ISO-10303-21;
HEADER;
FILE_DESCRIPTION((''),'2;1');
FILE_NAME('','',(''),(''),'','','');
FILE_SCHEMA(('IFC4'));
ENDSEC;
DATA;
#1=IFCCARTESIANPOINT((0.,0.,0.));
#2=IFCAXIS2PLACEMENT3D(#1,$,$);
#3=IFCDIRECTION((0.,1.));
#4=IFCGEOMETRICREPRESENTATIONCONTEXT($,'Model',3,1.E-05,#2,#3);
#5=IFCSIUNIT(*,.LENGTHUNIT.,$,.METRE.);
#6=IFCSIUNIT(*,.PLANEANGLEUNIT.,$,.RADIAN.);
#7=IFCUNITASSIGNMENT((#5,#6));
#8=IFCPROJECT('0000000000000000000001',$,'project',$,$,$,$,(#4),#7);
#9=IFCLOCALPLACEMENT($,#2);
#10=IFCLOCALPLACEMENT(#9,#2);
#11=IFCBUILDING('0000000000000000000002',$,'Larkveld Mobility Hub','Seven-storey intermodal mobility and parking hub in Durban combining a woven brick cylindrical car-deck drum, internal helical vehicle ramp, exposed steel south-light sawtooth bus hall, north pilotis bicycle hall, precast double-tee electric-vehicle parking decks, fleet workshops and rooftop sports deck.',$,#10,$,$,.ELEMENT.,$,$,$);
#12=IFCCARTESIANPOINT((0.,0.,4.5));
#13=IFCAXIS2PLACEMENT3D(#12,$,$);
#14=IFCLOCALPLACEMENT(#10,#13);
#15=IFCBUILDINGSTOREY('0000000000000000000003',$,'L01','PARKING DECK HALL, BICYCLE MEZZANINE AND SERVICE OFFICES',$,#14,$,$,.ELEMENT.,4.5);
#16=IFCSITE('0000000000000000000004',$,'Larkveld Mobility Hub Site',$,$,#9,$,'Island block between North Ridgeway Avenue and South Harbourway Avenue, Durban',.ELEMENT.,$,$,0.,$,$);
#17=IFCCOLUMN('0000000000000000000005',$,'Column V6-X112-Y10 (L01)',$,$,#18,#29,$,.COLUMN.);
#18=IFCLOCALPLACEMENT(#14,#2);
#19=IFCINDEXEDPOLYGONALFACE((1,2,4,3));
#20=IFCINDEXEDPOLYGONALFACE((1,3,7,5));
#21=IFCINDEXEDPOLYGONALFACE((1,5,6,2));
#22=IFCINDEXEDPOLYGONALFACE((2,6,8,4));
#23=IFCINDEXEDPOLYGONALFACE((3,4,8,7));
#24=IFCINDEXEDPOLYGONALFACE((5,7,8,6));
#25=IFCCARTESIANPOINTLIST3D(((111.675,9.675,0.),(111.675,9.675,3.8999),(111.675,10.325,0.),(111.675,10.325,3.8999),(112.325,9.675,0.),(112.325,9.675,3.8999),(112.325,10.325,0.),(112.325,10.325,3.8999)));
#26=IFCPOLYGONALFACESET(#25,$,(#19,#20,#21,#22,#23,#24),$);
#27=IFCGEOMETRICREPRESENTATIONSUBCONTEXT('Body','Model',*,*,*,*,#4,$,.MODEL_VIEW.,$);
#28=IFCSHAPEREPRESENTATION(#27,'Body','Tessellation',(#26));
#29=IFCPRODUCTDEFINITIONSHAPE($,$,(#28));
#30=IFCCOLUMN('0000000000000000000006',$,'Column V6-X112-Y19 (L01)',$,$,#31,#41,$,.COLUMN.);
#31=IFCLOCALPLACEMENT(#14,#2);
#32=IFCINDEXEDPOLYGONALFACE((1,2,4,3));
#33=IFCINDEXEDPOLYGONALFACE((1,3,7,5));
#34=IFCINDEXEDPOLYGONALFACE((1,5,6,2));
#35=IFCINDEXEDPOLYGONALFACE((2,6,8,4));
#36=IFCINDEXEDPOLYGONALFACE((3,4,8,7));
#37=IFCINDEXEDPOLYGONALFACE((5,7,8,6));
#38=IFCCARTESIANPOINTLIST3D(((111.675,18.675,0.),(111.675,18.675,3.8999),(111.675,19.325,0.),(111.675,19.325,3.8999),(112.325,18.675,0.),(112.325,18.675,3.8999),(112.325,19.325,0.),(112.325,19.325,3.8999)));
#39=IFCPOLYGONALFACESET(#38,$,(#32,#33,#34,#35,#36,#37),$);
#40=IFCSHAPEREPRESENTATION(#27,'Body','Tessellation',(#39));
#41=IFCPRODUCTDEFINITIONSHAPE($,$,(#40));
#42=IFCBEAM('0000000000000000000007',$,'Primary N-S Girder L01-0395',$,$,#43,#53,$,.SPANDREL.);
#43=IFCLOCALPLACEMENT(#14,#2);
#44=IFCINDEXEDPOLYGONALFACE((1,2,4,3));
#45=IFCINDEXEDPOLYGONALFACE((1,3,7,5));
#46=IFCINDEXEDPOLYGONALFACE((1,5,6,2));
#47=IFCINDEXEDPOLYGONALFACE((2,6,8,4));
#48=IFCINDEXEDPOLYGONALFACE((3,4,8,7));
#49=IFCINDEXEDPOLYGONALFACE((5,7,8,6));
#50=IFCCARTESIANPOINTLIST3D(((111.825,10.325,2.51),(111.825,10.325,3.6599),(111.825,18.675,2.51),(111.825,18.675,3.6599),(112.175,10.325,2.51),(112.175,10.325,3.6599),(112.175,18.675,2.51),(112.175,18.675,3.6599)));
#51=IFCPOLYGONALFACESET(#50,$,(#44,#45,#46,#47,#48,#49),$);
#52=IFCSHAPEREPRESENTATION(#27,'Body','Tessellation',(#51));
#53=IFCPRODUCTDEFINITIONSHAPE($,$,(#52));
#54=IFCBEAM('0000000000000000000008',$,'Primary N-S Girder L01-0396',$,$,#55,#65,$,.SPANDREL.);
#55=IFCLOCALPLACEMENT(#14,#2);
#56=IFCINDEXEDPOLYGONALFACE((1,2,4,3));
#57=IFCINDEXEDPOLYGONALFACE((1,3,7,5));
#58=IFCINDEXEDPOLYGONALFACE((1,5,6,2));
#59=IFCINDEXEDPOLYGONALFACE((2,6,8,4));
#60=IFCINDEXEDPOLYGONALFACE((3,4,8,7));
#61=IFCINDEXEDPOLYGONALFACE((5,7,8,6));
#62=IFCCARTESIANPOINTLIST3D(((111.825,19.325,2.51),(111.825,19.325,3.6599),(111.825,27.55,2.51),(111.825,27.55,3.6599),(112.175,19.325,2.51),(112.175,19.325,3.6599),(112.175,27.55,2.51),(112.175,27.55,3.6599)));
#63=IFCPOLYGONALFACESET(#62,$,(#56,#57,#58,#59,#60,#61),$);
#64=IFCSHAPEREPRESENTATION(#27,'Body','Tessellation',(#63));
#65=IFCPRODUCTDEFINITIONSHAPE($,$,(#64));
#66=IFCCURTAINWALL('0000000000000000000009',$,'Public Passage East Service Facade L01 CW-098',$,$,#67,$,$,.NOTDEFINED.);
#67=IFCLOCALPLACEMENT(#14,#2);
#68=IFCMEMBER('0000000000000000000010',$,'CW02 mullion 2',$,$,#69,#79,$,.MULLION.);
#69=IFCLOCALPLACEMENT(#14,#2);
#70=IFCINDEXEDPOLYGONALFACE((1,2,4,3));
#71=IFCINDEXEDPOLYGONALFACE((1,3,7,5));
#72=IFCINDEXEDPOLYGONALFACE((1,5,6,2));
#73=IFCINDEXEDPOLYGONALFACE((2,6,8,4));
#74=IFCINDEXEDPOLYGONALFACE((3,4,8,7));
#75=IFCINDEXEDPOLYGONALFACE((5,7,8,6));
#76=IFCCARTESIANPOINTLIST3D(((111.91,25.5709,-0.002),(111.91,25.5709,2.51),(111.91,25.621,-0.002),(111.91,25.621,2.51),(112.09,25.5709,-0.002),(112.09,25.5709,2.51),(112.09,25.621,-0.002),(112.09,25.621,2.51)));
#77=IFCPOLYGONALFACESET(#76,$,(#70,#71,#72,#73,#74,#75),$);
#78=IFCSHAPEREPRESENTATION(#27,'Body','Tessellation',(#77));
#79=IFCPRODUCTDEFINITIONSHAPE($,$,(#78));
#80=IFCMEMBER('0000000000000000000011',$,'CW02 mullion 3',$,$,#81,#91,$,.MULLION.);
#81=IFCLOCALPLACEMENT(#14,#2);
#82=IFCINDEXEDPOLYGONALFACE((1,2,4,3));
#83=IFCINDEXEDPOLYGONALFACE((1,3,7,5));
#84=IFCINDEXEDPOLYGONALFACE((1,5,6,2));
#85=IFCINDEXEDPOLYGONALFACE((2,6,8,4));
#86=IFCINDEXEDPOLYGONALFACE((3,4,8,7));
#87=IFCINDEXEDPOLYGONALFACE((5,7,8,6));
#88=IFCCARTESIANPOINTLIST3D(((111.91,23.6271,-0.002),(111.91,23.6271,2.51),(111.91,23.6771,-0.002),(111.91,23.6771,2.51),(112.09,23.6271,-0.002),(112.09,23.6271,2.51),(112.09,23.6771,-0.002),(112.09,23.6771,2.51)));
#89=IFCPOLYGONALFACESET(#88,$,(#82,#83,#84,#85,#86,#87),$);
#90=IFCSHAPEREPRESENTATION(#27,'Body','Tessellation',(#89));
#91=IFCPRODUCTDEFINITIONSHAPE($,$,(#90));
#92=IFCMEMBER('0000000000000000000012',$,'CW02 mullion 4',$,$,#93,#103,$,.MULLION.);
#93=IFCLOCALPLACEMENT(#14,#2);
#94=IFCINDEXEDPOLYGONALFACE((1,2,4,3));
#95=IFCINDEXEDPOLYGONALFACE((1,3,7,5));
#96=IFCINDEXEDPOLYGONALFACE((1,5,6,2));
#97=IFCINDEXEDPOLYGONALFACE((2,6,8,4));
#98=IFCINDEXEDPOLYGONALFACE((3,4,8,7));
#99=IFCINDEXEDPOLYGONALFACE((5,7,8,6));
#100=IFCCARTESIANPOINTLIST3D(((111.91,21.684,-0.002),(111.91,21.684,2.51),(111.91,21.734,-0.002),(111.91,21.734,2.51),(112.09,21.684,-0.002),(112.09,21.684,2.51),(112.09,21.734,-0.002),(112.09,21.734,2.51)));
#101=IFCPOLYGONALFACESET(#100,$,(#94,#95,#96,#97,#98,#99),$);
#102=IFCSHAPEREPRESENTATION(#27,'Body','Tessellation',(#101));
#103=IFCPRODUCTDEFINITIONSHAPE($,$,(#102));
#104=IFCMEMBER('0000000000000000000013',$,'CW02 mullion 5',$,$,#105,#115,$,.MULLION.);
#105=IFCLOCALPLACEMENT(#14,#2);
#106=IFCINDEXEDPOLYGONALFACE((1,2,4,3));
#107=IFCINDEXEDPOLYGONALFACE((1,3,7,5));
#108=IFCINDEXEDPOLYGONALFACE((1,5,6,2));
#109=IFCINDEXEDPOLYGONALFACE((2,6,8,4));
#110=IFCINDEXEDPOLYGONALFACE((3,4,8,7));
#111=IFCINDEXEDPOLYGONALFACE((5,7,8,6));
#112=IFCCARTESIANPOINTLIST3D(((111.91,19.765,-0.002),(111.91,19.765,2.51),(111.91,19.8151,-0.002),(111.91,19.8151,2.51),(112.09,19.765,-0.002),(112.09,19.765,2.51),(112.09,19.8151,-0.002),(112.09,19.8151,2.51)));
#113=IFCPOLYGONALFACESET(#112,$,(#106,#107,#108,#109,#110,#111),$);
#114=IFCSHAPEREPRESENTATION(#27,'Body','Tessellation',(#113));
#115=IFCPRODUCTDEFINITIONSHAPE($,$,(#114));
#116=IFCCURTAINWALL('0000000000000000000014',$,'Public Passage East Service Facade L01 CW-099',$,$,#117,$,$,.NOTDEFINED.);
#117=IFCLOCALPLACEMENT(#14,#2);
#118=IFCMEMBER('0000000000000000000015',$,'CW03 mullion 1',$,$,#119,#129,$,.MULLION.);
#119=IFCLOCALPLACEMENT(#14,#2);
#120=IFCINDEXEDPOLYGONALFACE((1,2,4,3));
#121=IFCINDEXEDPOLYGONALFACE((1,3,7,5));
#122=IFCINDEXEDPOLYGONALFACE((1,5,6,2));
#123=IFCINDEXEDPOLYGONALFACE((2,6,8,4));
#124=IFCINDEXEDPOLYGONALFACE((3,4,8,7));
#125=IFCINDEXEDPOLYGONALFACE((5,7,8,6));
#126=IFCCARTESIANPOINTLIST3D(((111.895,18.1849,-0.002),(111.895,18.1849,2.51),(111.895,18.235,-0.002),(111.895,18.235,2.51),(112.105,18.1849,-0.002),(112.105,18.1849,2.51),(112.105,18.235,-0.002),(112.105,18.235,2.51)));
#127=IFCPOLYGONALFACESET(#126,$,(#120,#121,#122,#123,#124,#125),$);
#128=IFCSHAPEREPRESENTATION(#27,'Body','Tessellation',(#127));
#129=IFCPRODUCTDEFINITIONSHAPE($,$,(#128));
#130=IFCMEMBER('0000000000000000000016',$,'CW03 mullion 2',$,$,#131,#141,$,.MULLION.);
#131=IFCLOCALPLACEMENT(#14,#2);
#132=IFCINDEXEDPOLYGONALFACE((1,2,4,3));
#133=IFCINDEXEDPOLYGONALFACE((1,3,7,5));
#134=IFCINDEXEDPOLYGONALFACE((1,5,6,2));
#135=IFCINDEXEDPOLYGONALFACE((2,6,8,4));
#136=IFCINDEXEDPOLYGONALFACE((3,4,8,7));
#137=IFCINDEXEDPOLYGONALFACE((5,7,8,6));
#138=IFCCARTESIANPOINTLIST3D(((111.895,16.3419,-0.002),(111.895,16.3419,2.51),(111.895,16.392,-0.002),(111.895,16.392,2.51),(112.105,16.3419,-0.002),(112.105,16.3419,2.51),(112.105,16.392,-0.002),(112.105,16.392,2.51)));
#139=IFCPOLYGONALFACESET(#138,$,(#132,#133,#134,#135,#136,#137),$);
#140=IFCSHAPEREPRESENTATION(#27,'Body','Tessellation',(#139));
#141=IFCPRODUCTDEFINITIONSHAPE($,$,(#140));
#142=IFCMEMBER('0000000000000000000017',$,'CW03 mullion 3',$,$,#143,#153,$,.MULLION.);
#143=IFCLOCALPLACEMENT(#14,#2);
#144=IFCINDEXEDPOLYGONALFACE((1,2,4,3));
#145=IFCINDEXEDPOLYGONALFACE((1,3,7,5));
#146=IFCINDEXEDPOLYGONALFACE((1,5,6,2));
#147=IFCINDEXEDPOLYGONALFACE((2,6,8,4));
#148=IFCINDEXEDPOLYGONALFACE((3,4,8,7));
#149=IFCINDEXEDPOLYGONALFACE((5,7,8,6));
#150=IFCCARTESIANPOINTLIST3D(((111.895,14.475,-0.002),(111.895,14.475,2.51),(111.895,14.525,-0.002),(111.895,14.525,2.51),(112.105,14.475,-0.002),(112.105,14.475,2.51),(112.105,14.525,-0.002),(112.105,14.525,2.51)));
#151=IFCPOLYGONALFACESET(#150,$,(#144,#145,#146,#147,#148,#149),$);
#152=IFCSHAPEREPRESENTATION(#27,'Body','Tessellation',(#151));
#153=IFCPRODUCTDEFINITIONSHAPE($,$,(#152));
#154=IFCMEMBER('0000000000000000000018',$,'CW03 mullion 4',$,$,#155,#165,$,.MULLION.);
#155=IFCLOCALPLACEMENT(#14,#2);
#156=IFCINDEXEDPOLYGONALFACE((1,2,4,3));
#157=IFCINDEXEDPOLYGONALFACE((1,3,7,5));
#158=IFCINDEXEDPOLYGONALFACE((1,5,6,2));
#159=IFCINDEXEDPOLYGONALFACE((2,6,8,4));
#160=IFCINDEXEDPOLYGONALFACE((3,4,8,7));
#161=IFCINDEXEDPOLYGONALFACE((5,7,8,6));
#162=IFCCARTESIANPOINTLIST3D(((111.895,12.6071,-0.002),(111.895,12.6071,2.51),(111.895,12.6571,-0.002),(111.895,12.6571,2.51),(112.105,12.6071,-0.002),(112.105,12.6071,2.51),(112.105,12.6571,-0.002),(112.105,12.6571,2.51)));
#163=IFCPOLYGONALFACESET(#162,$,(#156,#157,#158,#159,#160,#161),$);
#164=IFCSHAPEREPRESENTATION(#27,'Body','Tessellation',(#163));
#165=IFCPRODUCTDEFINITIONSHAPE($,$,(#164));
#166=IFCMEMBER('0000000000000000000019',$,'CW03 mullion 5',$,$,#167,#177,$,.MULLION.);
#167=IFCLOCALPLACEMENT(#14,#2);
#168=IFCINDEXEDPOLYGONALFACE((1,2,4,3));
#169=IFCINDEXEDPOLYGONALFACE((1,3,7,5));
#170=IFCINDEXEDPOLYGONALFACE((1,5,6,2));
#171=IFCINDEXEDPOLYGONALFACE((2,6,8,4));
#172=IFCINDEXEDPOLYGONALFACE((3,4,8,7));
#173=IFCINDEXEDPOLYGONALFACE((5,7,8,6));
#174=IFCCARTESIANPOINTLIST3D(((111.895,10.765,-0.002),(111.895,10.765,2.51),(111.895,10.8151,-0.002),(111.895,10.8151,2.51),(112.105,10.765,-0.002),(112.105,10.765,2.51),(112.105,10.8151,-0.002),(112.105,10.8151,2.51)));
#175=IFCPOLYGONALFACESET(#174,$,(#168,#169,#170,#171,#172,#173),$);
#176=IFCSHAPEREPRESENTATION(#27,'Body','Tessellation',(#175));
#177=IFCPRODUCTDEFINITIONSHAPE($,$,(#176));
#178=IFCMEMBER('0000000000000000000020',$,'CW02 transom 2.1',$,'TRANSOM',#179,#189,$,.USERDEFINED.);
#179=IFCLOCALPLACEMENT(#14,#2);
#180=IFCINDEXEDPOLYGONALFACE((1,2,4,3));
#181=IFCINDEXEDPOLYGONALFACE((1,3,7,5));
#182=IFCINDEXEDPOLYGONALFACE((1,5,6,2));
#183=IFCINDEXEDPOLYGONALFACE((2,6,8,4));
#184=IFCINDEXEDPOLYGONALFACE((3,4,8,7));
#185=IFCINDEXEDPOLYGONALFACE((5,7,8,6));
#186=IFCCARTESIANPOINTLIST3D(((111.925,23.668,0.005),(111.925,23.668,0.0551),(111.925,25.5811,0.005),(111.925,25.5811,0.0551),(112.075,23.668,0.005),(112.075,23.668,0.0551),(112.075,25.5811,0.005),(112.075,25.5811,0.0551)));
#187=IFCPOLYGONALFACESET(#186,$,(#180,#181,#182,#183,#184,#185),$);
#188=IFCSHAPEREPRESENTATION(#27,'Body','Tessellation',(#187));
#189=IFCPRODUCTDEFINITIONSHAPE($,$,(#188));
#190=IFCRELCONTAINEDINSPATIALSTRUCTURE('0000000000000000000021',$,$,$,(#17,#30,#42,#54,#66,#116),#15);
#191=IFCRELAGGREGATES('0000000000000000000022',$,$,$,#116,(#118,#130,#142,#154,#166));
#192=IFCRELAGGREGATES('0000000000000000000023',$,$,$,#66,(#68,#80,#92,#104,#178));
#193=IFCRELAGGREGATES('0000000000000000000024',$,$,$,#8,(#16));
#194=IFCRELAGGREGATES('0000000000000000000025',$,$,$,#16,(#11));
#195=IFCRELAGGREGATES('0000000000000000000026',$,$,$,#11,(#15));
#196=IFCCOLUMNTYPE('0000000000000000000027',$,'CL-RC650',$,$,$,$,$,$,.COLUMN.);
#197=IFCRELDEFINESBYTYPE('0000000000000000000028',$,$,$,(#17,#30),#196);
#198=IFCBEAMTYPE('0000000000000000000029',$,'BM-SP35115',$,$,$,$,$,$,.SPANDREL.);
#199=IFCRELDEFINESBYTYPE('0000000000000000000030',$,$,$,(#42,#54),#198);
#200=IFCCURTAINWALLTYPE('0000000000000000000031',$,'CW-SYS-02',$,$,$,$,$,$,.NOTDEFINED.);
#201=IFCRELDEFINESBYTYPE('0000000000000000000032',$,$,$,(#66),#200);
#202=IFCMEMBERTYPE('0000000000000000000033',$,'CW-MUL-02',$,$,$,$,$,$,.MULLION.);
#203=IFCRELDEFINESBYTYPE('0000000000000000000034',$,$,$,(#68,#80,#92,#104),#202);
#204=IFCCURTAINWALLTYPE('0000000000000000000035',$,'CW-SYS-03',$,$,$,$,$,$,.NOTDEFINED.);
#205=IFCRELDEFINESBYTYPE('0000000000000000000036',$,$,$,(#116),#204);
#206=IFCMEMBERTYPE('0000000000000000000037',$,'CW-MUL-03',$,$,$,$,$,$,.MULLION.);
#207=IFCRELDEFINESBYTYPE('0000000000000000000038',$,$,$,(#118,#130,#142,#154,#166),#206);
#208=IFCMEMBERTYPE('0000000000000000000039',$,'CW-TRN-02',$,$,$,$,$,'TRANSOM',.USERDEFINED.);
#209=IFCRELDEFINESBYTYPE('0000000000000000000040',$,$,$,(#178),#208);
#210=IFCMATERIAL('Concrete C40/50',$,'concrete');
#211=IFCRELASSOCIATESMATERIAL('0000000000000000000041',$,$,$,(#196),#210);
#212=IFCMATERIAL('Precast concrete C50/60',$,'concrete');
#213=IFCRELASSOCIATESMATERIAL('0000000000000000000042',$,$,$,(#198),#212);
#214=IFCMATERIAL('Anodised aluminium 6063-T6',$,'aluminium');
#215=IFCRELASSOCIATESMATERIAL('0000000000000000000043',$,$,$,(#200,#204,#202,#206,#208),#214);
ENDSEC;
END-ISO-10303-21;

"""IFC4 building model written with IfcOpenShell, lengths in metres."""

from ifc_helpers import new_model, si_unit, direction, frame, origin, origin_2d, place, context, subcontext, project, spatial, rectangle, extrude, material, material_profile, profile_set, type_object, element, aggregate, save


model = new_model("IFC4")

# Units and contexts
model_context = context("Model", 3, precision=1e-05, world=origin(), true_north=direction((0.0, 1.0)))
body_context = subcontext(model_context, "Body", "Model", "MODEL_VIEW")
ifc_project = project(units=[si_unit("LENGTHUNIT", "METRE"), si_unit("PLANEANGLEUNIT", "RADIAN")], contexts=[model_context])

# Site, building, storey
site_placement = place(None, origin())
site = spatial("IfcSite", under=ifc_project, at=site_placement, Name="Larkveld Mobility Hub Site", LongName="Island block between North Ridgeway Avenue and South Harbourway Avenue, Durban", CompositionType="ELEMENT", RefElevation=0.0)
building_placement = place(site_placement, origin())
building = spatial("IfcBuilding", under=site, at=building_placement, Name="Larkveld Mobility Hub", Description="Seven-storey intermodal mobility and parking hub in Durban combining a woven brick cylindrical car-deck drum, internal helical vehicle ramp, exposed steel south-light sawtooth bus hall, north pilotis bicycle hall, precast double-tee electric-vehicle parking decks, fleet workshops and rooftop sports deck.", CompositionType="ELEMENT")
storey_placement = place(building_placement, frame((0.0, 0.0, 4.5)))
storey = spatial("IfcBuildingStorey", under=building, at=storey_placement, Name="L01", Description="PARKING DECK HALL, BICYCLE MEZZANINE AND SERVICE OFFICES", CompositionType="ELEMENT", Elevation=4.5)

# Columns
ifc_material_1 = material(Name="Concrete C40/50", Category="concrete")
ifc_material_profile_1 = material_profile(ifc_material_1, rectangle(XDim=0.6499, YDim=0.6499, at=origin_2d()), Name="RC COL 650x650")
ifc_profile_set_1 = profile_set([ifc_material_profile_1], Name="Concrete C40/50")
column_type = type_object("IfcColumnType", Name="CL-RC650", PredefinedType="COLUMN", material=ifc_profile_set_1)
for number, where, z_axis, x_axis, name in (
    (1, (112.0, 10.0, 0.0), (0.0, 0.0, 1.0), (1.0, 0.0, 0.0), "Column V6-X112-Y10 (L01)"),
    (2, (112.0, 19.0, 0.0), (0.0, 0.0, 1.0), (1.0, 0.0, 0.0), "Column V6-X112-Y19 (L01)"),
):
    element("IfcColumn", number, at=place(storey_placement, frame(where, z_axis=z_axis, x_axis=x_axis)), inside=storey, type_object=column_type, Name=name, PredefinedType="COLUMN", context=body_context, shape_type="SweptSolid", body=[
        extrude(rectangle(XDim=0.6499, YDim=0.6499, at=origin_2d()), origin(), (0.0, 0.0, 1.0), 3.8999),
    ])

# Beams
ifc_material_2 = material(Name="Precast concrete C50/60", Category="concrete")
ifc_material_profile_2 = material_profile(ifc_material_2, rectangle(XDim=0.3501, YDim=1.1499, at=origin_2d()), Name="PC SP 350x1150")
ifc_profile_set_2 = profile_set([ifc_material_profile_2], Name="Precast concrete C50/60")
beam_type = type_object("IfcBeamType", Name="BM-SP35115", PredefinedType="SPANDREL", material=ifc_profile_set_2)
beam_1_placement = place(storey_placement, frame((112.0, 10.325, 3.085), z_axis=(0.0, 1.0, 0.0), x_axis=(-1.0, 0.0, 0.0)))
element("IfcBeam", 3, at=beam_1_placement, inside=storey, type_object=beam_type, Name="Primary N-S Girder L01-0395", PredefinedType="SPANDREL", context=body_context, shape_type="SweptSolid", body=[
    extrude(rectangle(XDim=0.3501, YDim=1.1499, at=origin_2d()), origin(), (0.0, 0.0, 1.0), 8.3501),
])
beam_2_placement = place(storey_placement, frame((112.0, 19.325, 3.085), z_axis=(0.0, 1.0, 0.0), x_axis=(-1.0, 0.0, 0.0)))
element("IfcBeam", 4, at=beam_2_placement, inside=storey, type_object=beam_type, Name="Primary N-S Girder L01-0396", PredefinedType="SPANDREL", context=body_context, shape_type="SweptSolid", body=[
    extrude(rectangle(XDim=0.3501, YDim=1.1499, at=origin_2d()), origin(), (0.0, 0.0, 1.0), 8.2251),
])

# Curtain walls, members
ifc_material_3 = material(Name="Anodised aluminium 6063-T6", Category="aluminium")
curtain_wall_type_1 = type_object("IfcCurtainWallType", Name="CW-SYS-02", PredefinedType="NOTDEFINED", material=ifc_material_3)
curtain_wall_1_placement = place(storey_placement, origin())
curtain_wall_1 = element("IfcCurtainWall", 5, at=curtain_wall_1_placement, inside=storey, type_object=curtain_wall_type_1, Name="Public Passage East Service Facade L01 CW-098", PredefinedType="NOTDEFINED")
ifc_material_profile_3 = material_profile(ifc_material_3, rectangle(XDim=0.05, YDim=0.1799, at=origin_2d()), Name="ALU MULL 50x180")
ifc_profile_set_3 = profile_set([ifc_material_profile_3], Name="Anodised aluminium 6063-T6")
member_type_1 = type_object("IfcMemberType", Name="CW-MUL-02", PredefinedType="MULLION", material=ifc_profile_set_3)
member_1_placement = place(storey_placement, frame((112.0, 25.5959, -0.002), z_axis=(0.0, 0.0, 1.0), x_axis=(0.0, -1.0, 0.0)))
member_1 = element("IfcMember", 6, at=member_1_placement, type_object=member_type_1, Name="CW02 mullion 2", PredefinedType="MULLION", context=body_context, shape_type="SweptSolid", body=[
    extrude(rectangle(XDim=0.05, YDim=0.1799, at=origin_2d()), origin(), (0.0, 0.0, 1.0), 2.512),
])
member_2_placement = place(storey_placement, frame((112.0, 23.6521, -0.002), z_axis=(0.0, 0.0, 1.0), x_axis=(0.0, -1.0, 0.0)))
member_2 = element("IfcMember", 7, at=member_2_placement, type_object=member_type_1, Name="CW02 mullion 3", PredefinedType="MULLION", context=body_context, shape_type="SweptSolid", body=[
    extrude(rectangle(XDim=0.05, YDim=0.1799, at=origin_2d()), origin(), (0.0, 0.0, 1.0), 2.512),
])
member_3_placement = place(storey_placement, frame((112.0, 21.709, -0.002), z_axis=(0.0, 0.0, 1.0), x_axis=(0.0, -1.0, 0.0)))
member_3 = element("IfcMember", 8, at=member_3_placement, type_object=member_type_1, Name="CW02 mullion 4", PredefinedType="MULLION", context=body_context, shape_type="SweptSolid", body=[
    extrude(rectangle(XDim=0.05, YDim=0.1799, at=origin_2d()), origin(), (0.0, 0.0, 1.0), 2.512),
])
member_4_placement = place(storey_placement, frame((112.0, 19.79, -0.002), z_axis=(0.0, 0.0, 1.0), x_axis=(0.0, -1.0, 0.0)))
member_4 = element("IfcMember", 9, at=member_4_placement, type_object=member_type_1, Name="CW02 mullion 5", PredefinedType="MULLION", context=body_context, shape_type="SweptSolid", body=[
    extrude(rectangle(XDim=0.05, YDim=0.1799, at=origin_2d()), origin(), (0.0, 0.0, 1.0), 2.512),
])
curtain_wall_type_2 = type_object("IfcCurtainWallType", Name="CW-SYS-03", PredefinedType="NOTDEFINED", material=ifc_material_3)
curtain_wall_2_placement = place(storey_placement, origin())
curtain_wall_2 = element("IfcCurtainWall", 10, at=curtain_wall_2_placement, inside=storey, type_object=curtain_wall_type_2, Name="Public Passage East Service Facade L01 CW-099", PredefinedType="NOTDEFINED")
ifc_material_profile_4 = material_profile(ifc_material_3, rectangle(XDim=0.05, YDim=0.21, at=origin_2d()), Name="ALU MULL 50x210")
ifc_profile_set_4 = profile_set([ifc_material_profile_4], Name="Anodised aluminium 6063-T6")
member_type_2 = type_object("IfcMemberType", Name="CW-MUL-03", PredefinedType="MULLION", material=ifc_profile_set_4)
member_5_placement = place(storey_placement, frame((112.0, 18.21, -0.002), z_axis=(0.0, 0.0, 1.0), x_axis=(0.0, -1.0, 0.0)))
member_5 = element("IfcMember", 11, at=member_5_placement, type_object=member_type_2, Name="CW03 mullion 1", PredefinedType="MULLION", context=body_context, shape_type="SweptSolid", body=[
    extrude(rectangle(XDim=0.05, YDim=0.21, at=origin_2d()), origin(), (0.0, 0.0, 1.0), 2.512),
])
member_6_placement = place(storey_placement, frame((112.0, 16.3669, -0.002), z_axis=(0.0, 0.0, 1.0), x_axis=(0.0, -1.0, 0.0)))
member_6 = element("IfcMember", 12, at=member_6_placement, type_object=member_type_2, Name="CW03 mullion 2", PredefinedType="MULLION", context=body_context, shape_type="SweptSolid", body=[
    extrude(rectangle(XDim=0.05, YDim=0.21, at=origin_2d()), origin(), (0.0, 0.0, 1.0), 2.512),
])
member_7_placement = place(storey_placement, frame((112.0, 14.5, -0.002), z_axis=(0.0, 0.0, 1.0), x_axis=(0.0, -1.0, 0.0)))
member_7 = element("IfcMember", 13, at=member_7_placement, type_object=member_type_2, Name="CW03 mullion 3", PredefinedType="MULLION", context=body_context, shape_type="SweptSolid", body=[
    extrude(rectangle(XDim=0.05, YDim=0.21, at=origin_2d()), origin(), (0.0, 0.0, 1.0), 2.512),
])
member_8_placement = place(storey_placement, frame((112.0, 12.6321, -0.002), z_axis=(0.0, 0.0, 1.0), x_axis=(0.0, -1.0, 0.0)))
member_8 = element("IfcMember", 14, at=member_8_placement, type_object=member_type_2, Name="CW03 mullion 4", PredefinedType="MULLION", context=body_context, shape_type="SweptSolid", body=[
    extrude(rectangle(XDim=0.05, YDim=0.21, at=origin_2d()), origin(), (0.0, 0.0, 1.0), 2.512),
])
member_9_placement = place(storey_placement, frame((112.0, 10.79, -0.002), z_axis=(0.0, 0.0, 1.0), x_axis=(0.0, -1.0, 0.0)))
member_9 = element("IfcMember", 15, at=member_9_placement, type_object=member_type_2, Name="CW03 mullion 5", PredefinedType="MULLION", context=body_context, shape_type="SweptSolid", body=[
    extrude(rectangle(XDim=0.05, YDim=0.21, at=origin_2d()), origin(), (0.0, 0.0, 1.0), 2.512),
])

# Member
ifc_material_profile_5 = material_profile(ifc_material_3, rectangle(XDim=0.1499, YDim=0.05, at=origin_2d()), Name="ALU TRAN 50x150")
ifc_profile_set_5 = profile_set([ifc_material_profile_5], Name="Anodised aluminium 6063-T6")
member_type_3 = type_object("IfcMemberType", Name="CW-TRN-02", ElementType="TRANSOM", PredefinedType="USERDEFINED", material=ifc_profile_set_5)
member_10_placement = place(storey_placement, frame((112.0, 25.5811, 0.03), z_axis=(0.0, -1.0, 0.0), x_axis=(1.0, 0.0, 0.0)))
member_10 = element("IfcMember", 16, at=member_10_placement, type_object=member_type_3, Name="CW02 transom 2.1", ObjectType="TRANSOM", PredefinedType="USERDEFINED", context=body_context, shape_type="SweptSolid", body=[
    extrude(rectangle(XDim=0.1499, YDim=0.05, at=origin_2d()), origin(), (0.0, 0.0, 1.0), 1.9131),
])

aggregate(curtain_wall_2, [member_5, member_6, member_7, member_8, member_9])
aggregate(curtain_wall_1, [member_1, member_2, member_3, member_4, member_10])

save(model, "model.ifc")
